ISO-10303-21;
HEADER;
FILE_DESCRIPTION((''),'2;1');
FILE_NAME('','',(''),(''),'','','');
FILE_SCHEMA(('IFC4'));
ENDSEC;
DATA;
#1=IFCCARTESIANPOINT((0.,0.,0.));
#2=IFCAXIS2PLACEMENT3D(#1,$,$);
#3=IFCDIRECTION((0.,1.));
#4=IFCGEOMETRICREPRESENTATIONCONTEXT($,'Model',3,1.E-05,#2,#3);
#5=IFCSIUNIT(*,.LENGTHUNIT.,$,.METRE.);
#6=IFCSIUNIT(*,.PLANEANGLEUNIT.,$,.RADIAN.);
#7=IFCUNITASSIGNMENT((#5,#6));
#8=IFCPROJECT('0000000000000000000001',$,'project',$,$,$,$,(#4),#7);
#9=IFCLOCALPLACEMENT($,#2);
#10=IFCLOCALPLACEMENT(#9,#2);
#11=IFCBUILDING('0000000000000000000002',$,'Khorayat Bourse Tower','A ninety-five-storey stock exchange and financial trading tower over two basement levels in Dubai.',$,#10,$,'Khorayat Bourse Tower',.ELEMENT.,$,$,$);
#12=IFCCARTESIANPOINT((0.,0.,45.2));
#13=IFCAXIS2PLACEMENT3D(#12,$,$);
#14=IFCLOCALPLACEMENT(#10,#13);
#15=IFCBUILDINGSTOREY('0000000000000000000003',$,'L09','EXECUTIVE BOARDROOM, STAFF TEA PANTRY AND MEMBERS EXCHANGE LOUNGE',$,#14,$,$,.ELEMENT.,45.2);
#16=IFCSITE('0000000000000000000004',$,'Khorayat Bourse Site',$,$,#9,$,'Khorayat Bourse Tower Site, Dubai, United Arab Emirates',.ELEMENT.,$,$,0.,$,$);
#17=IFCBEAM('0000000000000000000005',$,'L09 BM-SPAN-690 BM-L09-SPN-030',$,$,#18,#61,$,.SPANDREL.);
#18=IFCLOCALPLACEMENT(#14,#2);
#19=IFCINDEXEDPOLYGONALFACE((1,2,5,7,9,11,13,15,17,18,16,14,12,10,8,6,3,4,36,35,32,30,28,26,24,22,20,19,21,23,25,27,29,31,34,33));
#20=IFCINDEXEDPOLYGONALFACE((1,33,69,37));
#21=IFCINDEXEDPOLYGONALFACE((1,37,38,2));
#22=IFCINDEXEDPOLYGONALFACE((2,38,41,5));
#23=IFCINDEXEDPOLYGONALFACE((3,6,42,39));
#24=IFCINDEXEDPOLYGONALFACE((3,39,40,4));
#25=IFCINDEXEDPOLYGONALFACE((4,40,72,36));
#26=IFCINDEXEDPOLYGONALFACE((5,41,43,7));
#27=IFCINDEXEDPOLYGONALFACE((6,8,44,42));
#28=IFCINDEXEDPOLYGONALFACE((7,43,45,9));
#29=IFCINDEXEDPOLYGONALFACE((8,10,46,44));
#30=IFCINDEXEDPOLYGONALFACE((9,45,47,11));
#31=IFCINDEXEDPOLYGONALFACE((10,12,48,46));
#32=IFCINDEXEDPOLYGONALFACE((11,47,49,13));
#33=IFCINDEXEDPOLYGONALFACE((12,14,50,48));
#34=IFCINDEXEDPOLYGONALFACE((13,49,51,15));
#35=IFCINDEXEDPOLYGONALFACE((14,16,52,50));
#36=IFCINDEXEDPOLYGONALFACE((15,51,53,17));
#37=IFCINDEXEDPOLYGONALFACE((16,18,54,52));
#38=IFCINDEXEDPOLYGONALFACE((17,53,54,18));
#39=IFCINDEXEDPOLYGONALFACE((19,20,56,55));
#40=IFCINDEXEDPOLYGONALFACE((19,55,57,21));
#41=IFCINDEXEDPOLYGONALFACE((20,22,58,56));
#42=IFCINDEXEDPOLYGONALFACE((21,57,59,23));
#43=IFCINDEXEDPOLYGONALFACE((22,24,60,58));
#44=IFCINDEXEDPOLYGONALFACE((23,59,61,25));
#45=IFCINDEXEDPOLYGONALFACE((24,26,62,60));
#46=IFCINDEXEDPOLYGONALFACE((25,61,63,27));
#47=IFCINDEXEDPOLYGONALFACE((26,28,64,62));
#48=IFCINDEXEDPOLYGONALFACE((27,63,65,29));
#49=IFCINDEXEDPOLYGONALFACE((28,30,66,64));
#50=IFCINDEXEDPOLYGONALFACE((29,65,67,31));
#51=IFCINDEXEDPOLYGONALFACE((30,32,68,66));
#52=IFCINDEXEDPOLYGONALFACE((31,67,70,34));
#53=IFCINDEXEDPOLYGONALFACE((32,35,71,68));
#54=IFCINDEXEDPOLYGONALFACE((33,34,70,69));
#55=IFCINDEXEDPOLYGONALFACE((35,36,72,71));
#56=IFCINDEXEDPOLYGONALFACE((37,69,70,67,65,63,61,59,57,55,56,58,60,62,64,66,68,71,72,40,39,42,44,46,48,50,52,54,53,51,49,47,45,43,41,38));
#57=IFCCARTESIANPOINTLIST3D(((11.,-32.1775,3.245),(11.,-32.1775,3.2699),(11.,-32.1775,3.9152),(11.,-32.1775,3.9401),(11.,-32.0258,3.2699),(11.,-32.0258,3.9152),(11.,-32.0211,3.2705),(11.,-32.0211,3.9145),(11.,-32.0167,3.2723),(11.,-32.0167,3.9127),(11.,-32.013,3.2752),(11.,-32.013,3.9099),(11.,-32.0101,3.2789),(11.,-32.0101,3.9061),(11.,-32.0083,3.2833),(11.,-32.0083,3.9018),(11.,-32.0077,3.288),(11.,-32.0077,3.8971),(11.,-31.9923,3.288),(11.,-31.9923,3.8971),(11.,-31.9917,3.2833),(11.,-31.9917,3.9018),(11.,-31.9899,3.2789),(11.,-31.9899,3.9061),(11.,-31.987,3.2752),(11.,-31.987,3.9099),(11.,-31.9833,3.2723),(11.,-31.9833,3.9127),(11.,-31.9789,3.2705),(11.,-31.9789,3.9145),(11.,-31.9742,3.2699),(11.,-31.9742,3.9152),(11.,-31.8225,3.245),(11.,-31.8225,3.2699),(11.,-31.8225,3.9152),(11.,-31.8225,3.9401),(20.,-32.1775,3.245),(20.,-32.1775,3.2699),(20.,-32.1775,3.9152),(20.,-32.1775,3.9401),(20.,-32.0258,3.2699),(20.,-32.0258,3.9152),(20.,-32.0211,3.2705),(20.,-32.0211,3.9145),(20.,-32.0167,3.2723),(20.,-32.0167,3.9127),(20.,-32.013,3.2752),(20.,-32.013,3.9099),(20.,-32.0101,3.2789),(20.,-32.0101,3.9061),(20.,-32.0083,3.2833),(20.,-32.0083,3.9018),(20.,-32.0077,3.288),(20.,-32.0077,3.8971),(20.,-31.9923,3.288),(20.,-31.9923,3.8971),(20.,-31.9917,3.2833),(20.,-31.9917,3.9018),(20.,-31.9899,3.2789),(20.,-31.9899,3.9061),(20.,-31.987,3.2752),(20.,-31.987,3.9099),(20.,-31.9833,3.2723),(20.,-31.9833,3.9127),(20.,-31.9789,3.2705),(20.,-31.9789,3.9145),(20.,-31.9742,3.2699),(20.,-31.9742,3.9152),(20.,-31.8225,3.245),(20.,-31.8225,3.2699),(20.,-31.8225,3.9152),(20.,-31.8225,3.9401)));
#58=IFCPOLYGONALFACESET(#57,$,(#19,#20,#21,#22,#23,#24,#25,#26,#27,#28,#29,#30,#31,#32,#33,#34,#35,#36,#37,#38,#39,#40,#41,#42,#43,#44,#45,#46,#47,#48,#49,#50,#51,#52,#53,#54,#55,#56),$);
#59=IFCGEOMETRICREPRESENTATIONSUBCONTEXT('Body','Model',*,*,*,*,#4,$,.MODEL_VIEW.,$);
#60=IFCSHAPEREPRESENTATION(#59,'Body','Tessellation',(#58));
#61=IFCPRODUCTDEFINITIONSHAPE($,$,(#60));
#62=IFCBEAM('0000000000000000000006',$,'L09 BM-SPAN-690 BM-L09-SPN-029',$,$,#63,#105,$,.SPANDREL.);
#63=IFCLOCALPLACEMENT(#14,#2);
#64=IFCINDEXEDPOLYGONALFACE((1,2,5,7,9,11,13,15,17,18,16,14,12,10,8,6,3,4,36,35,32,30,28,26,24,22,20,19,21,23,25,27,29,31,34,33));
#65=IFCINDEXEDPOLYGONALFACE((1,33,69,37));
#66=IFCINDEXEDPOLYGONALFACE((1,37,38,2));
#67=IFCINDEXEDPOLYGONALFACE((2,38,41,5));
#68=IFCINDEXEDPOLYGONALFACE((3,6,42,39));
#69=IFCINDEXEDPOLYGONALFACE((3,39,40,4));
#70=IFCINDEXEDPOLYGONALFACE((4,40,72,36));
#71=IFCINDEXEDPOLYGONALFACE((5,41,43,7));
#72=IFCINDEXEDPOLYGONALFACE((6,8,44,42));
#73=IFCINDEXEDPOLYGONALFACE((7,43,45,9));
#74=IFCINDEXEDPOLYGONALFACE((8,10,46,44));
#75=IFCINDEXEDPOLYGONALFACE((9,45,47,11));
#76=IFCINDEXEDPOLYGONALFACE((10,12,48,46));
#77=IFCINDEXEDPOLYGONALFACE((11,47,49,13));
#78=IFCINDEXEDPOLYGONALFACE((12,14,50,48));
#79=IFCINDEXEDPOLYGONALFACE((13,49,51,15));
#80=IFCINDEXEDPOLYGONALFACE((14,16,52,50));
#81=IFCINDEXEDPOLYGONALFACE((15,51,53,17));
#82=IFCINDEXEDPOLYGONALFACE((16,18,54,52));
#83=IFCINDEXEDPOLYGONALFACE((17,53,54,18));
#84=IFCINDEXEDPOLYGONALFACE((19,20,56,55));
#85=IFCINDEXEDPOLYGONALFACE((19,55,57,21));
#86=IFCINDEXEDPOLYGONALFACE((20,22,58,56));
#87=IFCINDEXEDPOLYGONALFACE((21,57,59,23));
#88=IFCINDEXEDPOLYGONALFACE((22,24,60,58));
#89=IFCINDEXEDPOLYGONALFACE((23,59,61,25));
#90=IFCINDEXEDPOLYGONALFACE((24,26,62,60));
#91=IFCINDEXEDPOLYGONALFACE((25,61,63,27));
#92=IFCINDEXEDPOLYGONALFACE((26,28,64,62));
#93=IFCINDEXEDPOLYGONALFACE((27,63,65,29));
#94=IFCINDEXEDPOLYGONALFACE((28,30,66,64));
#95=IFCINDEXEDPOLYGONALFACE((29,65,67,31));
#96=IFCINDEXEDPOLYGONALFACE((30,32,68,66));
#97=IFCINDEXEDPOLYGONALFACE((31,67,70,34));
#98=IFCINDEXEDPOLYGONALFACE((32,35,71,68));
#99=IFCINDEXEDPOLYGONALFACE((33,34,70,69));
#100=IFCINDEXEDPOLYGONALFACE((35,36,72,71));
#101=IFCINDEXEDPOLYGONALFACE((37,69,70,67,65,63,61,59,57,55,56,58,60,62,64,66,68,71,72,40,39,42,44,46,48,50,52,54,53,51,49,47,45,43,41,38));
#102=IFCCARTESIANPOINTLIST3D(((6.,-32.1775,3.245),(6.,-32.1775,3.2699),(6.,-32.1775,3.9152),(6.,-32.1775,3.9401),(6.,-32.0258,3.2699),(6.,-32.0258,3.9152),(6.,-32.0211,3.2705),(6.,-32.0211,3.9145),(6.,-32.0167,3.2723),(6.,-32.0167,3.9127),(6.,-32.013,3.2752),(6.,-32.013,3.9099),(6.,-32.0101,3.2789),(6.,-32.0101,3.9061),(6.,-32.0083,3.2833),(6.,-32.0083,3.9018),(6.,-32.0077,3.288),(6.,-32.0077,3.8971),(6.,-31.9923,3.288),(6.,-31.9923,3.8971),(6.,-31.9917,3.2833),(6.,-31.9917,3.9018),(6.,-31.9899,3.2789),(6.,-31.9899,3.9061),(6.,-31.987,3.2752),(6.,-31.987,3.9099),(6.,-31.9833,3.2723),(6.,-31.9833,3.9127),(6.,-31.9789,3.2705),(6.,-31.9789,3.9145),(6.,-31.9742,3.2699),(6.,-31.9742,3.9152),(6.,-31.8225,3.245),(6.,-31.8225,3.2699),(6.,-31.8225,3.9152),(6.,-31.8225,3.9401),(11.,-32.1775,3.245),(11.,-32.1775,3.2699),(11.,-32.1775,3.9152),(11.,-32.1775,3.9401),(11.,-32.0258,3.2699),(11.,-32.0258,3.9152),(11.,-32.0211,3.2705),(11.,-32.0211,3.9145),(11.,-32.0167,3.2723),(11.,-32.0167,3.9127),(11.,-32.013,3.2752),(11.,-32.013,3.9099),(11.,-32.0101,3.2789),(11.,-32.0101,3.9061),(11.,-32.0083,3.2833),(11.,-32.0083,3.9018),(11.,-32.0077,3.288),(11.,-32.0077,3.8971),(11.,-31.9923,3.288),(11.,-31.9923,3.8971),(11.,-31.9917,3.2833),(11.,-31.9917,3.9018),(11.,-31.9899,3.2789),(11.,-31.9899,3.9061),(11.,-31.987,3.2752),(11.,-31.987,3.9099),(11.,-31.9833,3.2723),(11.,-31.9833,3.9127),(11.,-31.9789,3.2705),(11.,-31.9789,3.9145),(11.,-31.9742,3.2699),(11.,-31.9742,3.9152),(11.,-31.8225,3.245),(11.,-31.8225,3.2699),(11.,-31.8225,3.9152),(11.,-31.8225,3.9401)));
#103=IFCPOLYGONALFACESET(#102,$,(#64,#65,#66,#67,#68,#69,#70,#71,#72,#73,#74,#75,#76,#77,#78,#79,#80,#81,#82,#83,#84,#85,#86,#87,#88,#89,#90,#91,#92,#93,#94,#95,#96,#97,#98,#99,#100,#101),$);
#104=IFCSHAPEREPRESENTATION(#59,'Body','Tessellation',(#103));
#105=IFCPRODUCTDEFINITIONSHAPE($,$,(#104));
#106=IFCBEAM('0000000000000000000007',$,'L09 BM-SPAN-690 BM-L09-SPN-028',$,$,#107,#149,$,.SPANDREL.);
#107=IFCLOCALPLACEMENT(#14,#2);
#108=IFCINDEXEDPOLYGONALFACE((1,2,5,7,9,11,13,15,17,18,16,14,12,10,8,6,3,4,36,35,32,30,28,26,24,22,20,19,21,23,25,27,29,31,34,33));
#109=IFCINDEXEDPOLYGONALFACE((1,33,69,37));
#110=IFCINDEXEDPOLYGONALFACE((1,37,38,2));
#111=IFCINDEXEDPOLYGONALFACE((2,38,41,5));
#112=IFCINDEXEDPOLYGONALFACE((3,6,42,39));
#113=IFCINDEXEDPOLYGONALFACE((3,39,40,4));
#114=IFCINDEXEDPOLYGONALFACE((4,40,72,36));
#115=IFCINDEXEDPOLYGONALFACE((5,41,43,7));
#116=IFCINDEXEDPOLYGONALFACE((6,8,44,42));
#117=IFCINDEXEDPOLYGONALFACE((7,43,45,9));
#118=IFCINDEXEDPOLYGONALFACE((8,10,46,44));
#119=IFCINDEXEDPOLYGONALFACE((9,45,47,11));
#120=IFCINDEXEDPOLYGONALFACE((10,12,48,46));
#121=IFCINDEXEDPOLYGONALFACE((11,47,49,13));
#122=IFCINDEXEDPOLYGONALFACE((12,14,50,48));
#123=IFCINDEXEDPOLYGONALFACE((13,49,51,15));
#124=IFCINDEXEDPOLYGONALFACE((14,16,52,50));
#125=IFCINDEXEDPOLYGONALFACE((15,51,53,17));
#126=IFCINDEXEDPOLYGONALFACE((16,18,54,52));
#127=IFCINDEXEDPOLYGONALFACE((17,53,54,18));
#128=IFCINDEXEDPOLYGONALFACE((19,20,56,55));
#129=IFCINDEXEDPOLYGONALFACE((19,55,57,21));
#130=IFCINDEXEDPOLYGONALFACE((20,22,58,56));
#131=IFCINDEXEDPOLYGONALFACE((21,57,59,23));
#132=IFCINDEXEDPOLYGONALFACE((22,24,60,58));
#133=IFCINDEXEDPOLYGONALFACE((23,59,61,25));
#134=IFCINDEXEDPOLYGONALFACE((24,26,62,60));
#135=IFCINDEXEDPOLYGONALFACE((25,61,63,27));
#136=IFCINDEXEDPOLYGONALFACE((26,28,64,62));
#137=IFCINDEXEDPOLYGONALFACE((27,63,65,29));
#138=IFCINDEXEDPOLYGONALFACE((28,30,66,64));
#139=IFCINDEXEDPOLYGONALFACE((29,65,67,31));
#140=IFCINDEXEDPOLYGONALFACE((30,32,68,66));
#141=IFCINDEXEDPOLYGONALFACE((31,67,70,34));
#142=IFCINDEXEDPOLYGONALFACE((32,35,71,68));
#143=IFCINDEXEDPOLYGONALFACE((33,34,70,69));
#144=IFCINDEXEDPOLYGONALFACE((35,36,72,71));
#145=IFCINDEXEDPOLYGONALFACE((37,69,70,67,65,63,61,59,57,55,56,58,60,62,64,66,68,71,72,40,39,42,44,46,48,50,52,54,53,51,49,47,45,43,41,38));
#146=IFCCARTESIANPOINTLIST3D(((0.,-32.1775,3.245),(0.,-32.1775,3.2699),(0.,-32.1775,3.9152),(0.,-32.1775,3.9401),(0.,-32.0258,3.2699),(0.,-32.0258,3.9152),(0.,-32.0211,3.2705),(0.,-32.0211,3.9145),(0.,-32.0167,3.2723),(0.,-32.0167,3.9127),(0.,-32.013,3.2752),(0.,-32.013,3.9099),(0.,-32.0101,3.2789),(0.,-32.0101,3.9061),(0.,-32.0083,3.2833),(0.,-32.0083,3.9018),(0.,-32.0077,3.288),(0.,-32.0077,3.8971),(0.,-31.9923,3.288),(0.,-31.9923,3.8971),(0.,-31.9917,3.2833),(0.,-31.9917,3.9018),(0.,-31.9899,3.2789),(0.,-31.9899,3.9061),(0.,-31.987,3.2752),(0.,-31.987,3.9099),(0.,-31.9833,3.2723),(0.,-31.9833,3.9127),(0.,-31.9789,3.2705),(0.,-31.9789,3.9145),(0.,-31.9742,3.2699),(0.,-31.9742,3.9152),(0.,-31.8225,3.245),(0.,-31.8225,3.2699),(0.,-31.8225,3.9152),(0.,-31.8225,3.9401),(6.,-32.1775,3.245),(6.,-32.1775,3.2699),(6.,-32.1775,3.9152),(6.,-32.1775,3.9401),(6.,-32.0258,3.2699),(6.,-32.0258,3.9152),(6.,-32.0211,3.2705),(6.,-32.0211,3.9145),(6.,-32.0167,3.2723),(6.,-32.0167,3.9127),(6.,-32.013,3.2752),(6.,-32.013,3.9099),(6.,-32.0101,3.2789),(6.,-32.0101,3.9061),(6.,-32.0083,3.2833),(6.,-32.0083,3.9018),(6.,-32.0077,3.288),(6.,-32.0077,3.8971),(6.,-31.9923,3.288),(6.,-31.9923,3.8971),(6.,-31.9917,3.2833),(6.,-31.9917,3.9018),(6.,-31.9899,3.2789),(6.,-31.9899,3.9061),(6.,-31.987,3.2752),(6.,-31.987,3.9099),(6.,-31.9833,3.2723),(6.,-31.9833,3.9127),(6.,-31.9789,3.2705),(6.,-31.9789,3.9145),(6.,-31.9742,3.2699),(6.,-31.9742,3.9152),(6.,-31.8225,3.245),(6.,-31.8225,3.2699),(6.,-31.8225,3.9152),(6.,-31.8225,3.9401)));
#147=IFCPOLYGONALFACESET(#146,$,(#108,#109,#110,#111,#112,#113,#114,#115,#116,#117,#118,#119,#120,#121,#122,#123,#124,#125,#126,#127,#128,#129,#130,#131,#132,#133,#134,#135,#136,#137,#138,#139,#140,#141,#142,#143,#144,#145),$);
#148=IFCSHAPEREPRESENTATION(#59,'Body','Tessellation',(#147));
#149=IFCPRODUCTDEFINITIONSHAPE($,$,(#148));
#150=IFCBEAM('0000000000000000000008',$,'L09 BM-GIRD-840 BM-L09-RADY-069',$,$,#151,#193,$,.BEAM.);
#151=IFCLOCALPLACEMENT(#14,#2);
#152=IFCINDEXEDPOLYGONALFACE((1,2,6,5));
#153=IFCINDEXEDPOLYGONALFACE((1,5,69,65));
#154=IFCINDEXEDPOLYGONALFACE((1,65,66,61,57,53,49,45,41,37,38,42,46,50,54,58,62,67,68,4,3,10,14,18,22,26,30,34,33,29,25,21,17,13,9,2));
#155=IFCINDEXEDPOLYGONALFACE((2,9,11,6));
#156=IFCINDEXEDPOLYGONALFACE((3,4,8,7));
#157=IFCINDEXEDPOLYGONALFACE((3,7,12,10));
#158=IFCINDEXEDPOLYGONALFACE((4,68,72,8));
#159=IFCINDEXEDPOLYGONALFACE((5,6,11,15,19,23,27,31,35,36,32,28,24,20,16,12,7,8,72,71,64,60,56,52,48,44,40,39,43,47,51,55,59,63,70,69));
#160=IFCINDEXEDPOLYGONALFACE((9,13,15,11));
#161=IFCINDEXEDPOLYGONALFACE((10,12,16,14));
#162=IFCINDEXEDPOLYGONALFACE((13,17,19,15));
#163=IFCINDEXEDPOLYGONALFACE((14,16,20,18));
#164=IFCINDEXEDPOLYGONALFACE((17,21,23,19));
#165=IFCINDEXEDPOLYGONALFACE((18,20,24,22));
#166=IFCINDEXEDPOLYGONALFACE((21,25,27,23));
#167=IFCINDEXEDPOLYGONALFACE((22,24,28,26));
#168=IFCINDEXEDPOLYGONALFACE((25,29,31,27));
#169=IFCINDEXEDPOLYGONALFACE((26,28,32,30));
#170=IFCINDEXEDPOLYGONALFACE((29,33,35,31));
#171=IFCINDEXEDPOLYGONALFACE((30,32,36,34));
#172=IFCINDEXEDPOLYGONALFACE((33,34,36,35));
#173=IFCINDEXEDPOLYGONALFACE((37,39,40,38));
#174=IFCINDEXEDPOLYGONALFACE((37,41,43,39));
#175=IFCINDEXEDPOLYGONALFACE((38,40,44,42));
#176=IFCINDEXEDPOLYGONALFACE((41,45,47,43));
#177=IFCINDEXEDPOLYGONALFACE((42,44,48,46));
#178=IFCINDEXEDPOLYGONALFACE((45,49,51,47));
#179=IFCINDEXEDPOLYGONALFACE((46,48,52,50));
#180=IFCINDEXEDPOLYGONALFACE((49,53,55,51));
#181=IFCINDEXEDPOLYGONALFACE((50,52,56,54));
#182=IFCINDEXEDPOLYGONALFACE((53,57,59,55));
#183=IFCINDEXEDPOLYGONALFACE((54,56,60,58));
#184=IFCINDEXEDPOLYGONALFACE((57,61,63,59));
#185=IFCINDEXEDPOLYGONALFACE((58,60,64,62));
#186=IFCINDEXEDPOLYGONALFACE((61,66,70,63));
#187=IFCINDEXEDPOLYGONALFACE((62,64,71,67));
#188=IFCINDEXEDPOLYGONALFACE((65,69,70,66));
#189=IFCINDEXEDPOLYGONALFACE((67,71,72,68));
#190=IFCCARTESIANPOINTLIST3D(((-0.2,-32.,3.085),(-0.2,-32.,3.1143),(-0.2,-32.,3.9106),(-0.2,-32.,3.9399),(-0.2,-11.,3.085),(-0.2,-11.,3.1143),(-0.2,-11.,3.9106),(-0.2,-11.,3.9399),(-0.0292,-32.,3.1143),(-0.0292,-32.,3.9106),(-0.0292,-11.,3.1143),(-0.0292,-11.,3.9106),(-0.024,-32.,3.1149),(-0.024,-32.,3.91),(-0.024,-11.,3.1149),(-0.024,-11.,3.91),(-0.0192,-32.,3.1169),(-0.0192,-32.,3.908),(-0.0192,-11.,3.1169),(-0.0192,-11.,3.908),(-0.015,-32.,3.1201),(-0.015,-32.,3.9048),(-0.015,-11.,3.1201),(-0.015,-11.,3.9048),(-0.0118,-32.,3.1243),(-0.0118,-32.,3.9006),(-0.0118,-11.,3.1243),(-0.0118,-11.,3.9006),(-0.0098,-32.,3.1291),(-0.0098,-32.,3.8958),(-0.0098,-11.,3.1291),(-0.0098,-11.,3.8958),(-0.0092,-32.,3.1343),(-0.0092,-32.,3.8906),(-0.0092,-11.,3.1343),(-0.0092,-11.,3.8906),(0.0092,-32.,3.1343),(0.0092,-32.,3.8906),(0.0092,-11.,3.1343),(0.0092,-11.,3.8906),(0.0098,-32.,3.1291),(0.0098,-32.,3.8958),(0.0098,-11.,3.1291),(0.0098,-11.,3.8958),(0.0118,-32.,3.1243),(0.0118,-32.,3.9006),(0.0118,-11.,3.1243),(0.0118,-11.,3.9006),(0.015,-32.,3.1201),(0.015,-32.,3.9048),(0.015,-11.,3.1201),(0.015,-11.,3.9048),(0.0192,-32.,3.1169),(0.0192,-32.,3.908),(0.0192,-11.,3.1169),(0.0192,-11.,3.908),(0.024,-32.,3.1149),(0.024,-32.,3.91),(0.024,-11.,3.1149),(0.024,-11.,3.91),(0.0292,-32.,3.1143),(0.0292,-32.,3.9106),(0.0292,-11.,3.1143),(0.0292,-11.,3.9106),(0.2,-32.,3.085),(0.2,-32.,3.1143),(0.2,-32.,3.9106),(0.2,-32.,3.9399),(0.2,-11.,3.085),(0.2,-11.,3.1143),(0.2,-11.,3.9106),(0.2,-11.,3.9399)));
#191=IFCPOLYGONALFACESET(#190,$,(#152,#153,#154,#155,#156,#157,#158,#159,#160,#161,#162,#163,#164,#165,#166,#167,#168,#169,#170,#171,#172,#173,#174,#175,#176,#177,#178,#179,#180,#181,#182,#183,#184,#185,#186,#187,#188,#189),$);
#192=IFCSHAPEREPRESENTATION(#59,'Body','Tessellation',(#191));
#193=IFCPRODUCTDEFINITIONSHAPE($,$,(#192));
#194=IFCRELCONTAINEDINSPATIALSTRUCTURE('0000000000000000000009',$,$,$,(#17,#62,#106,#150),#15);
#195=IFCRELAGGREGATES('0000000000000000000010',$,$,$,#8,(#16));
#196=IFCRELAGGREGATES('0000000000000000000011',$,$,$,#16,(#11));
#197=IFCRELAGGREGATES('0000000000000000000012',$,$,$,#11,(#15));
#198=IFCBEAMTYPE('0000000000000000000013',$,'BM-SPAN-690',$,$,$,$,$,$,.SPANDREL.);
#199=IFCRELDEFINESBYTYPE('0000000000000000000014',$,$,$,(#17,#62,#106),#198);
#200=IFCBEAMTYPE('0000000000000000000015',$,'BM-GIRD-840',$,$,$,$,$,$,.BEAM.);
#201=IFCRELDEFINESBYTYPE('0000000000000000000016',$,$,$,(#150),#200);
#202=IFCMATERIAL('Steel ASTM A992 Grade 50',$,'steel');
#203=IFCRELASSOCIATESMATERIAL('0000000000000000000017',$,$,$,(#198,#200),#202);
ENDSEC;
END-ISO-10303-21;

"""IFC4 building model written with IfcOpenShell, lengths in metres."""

from ifc_helpers import new_model, si_unit, direction, frame, origin, origin_2d, place, context, subcontext, project, spatial, i_section, extrude, source, transform, mapped, material, material_profile, profile_set, type_object, element, save


model = new_model("IFC4")

# Units and contexts
model_context = context("Model", 3, precision=1e-05, world=origin(), true_north=direction((0.0, 1.0)))
body_context = subcontext(model_context, "Body", "Model", "MODEL_VIEW")
ifc_project = project(units=[si_unit("LENGTHUNIT", "METRE"), si_unit("PLANEANGLEUNIT", "RADIAN")], contexts=[model_context])

# Site, building, storey
site_placement = place(None, origin())
site = spatial("IfcSite", under=ifc_project, at=site_placement, Name="Khorayat Bourse Site", LongName="Khorayat Bourse Tower Site, Dubai, United Arab Emirates", CompositionType="ELEMENT", RefElevation=0.0)
building_placement = place(site_placement, origin())
building = spatial("IfcBuilding", under=site, at=building_placement, Name="Khorayat Bourse Tower", Description="A ninety-five-storey stock exchange and financial trading tower over two basement levels in Dubai.", LongName="Khorayat Bourse Tower", CompositionType="ELEMENT")
storey_placement = place(building_placement, frame((0.0, 0.0, 45.2)))
storey = spatial("IfcBuildingStorey", under=building, at=storey_placement, Name="L09", Description="EXECUTIVE BOARDROOM, STAFF TEA PANTRY AND MEMBERS EXCHANGE LOUNGE", CompositionType="ELEMENT", Elevation=45.2)

# Beams
ifc_material_1 = material(Name="Steel ASTM A992 Grade 50", Category="steel")
ifc_material_profile_1 = material_profile(ifc_material_1, i_section(OverallWidth=0.355, OverallDepth=0.6951, WebThickness=0.0154, FlangeThickness=0.0249, FilletRadius=0.0181, at=origin_2d()), Name="W690X217")
ifc_profile_set_1 = profile_set([ifc_material_profile_1], Name="Steel ASTM A992 Grade 50")
beam_type_1 = type_object("IfcBeamType", Name="BM-SPAN-690", PredefinedType="SPANDREL", material=ifc_profile_set_1)
shared_shape_1 = source(origin(), body_context, "Body", "SweptSolid", [
    extrude(i_section(OverallWidth=0.355, OverallDepth=0.6951, WebThickness=0.0154, FlangeThickness=0.0249, FilletRadius=0.0181, at=origin_2d()), origin(), (0.0, 0.0, 1.0), 9.0),
])
beam_1_placement = place(storey_placement, frame((11.0, -32.0, 3.5925), z_axis=(1.0, 0.0, 0.0), x_axis=(0.0, 1.0, 0.0)))
element("IfcBeam", 1, at=beam_1_placement, inside=storey, type_object=beam_type_1, Name="L09 BM-SPAN-690 BM-L09-SPN-030", PredefinedType="SPANDREL", context=body_context, shape_type="MappedRepresentation", body=[
    mapped(shared_shape_1, transform((0.0, 0.0, 0.0), scale=1.0)),
])
shared_shape_2 = source(origin(), body_context, "Body", "SweptSolid", [
    extrude(i_section(OverallWidth=0.355, OverallDepth=0.6951, WebThickness=0.0154, FlangeThickness=0.0249, FilletRadius=0.0181, at=origin_2d()), origin(), (0.0, 0.0, 1.0), 5.0),
])
beam_2_placement = place(storey_placement, frame((6.0, -32.0, 3.5925), z_axis=(1.0, 0.0, 0.0), x_axis=(0.0, 1.0, 0.0)))
element("IfcBeam", 2, at=beam_2_placement, inside=storey, type_object=beam_type_1, Name="L09 BM-SPAN-690 BM-L09-SPN-029", PredefinedType="SPANDREL", context=body_context, shape_type="MappedRepresentation", body=[
    mapped(shared_shape_2, transform((0.0, 0.0, 0.0), scale=1.0)),
])
shared_shape_3 = source(origin(), body_context, "Body", "SweptSolid", [
    extrude(i_section(OverallWidth=0.355, OverallDepth=0.6951, WebThickness=0.0154, FlangeThickness=0.0249, FilletRadius=0.0181, at=origin_2d()), origin(), (0.0, 0.0, 1.0), 6.0),
])
beam_3_placement = place(storey_placement, frame((0.0, -32.0, 3.5925), z_axis=(1.0, 0.0, 0.0), x_axis=(0.0, 1.0, 0.0)))
element("IfcBeam", 3, at=beam_3_placement, inside=storey, type_object=beam_type_1, Name="L09 BM-SPAN-690 BM-L09-SPN-028", PredefinedType="SPANDREL", context=body_context, shape_type="MappedRepresentation", body=[
    mapped(shared_shape_3, transform((0.0, 0.0, 0.0), scale=1.0)),
])
ifc_material_profile_2 = material_profile(ifc_material_1, i_section(OverallWidth=0.3999, OverallDepth=0.855, WebThickness=0.0183, FlangeThickness=0.0293, FilletRadius=0.02, at=origin_2d()), Name="W840X299")
ifc_profile_set_2 = profile_set([ifc_material_profile_2], Name="Steel ASTM A992 Grade 50")
beam_type_2 = type_object("IfcBeamType", Name="BM-GIRD-840", PredefinedType="BEAM", material=ifc_profile_set_2)
shared_shape_4 = source(origin(), body_context, "Body", "SweptSolid", [
    extrude(i_section(OverallWidth=0.3999, OverallDepth=0.855, WebThickness=0.0183, FlangeThickness=0.0293, FilletRadius=0.02, at=origin_2d()), origin(), (0.0, 0.0, 1.0), 21.0),
])
for number, where, z_axis, x_axis, name in (
    (4, (0.0, -32.0, 3.5125), (0.0, 1.0, 0.0), (-1.0, 0.0, 0.0), "L09 BM-GIRD-840 BM-L09-RADY-069"),
):
    element("IfcBeam", number, at=place(storey_placement, frame(where, z_axis=z_axis, x_axis=x_axis)), inside=storey, type_object=beam_type_2, Name=name, PredefinedType="BEAM", context=body_context, shape_type="MappedRepresentation", body=[
        mapped(shared_shape_4, transform((0.0, 0.0, 0.0), scale=1.0)),
    ])

save(model, "model.ifc")
